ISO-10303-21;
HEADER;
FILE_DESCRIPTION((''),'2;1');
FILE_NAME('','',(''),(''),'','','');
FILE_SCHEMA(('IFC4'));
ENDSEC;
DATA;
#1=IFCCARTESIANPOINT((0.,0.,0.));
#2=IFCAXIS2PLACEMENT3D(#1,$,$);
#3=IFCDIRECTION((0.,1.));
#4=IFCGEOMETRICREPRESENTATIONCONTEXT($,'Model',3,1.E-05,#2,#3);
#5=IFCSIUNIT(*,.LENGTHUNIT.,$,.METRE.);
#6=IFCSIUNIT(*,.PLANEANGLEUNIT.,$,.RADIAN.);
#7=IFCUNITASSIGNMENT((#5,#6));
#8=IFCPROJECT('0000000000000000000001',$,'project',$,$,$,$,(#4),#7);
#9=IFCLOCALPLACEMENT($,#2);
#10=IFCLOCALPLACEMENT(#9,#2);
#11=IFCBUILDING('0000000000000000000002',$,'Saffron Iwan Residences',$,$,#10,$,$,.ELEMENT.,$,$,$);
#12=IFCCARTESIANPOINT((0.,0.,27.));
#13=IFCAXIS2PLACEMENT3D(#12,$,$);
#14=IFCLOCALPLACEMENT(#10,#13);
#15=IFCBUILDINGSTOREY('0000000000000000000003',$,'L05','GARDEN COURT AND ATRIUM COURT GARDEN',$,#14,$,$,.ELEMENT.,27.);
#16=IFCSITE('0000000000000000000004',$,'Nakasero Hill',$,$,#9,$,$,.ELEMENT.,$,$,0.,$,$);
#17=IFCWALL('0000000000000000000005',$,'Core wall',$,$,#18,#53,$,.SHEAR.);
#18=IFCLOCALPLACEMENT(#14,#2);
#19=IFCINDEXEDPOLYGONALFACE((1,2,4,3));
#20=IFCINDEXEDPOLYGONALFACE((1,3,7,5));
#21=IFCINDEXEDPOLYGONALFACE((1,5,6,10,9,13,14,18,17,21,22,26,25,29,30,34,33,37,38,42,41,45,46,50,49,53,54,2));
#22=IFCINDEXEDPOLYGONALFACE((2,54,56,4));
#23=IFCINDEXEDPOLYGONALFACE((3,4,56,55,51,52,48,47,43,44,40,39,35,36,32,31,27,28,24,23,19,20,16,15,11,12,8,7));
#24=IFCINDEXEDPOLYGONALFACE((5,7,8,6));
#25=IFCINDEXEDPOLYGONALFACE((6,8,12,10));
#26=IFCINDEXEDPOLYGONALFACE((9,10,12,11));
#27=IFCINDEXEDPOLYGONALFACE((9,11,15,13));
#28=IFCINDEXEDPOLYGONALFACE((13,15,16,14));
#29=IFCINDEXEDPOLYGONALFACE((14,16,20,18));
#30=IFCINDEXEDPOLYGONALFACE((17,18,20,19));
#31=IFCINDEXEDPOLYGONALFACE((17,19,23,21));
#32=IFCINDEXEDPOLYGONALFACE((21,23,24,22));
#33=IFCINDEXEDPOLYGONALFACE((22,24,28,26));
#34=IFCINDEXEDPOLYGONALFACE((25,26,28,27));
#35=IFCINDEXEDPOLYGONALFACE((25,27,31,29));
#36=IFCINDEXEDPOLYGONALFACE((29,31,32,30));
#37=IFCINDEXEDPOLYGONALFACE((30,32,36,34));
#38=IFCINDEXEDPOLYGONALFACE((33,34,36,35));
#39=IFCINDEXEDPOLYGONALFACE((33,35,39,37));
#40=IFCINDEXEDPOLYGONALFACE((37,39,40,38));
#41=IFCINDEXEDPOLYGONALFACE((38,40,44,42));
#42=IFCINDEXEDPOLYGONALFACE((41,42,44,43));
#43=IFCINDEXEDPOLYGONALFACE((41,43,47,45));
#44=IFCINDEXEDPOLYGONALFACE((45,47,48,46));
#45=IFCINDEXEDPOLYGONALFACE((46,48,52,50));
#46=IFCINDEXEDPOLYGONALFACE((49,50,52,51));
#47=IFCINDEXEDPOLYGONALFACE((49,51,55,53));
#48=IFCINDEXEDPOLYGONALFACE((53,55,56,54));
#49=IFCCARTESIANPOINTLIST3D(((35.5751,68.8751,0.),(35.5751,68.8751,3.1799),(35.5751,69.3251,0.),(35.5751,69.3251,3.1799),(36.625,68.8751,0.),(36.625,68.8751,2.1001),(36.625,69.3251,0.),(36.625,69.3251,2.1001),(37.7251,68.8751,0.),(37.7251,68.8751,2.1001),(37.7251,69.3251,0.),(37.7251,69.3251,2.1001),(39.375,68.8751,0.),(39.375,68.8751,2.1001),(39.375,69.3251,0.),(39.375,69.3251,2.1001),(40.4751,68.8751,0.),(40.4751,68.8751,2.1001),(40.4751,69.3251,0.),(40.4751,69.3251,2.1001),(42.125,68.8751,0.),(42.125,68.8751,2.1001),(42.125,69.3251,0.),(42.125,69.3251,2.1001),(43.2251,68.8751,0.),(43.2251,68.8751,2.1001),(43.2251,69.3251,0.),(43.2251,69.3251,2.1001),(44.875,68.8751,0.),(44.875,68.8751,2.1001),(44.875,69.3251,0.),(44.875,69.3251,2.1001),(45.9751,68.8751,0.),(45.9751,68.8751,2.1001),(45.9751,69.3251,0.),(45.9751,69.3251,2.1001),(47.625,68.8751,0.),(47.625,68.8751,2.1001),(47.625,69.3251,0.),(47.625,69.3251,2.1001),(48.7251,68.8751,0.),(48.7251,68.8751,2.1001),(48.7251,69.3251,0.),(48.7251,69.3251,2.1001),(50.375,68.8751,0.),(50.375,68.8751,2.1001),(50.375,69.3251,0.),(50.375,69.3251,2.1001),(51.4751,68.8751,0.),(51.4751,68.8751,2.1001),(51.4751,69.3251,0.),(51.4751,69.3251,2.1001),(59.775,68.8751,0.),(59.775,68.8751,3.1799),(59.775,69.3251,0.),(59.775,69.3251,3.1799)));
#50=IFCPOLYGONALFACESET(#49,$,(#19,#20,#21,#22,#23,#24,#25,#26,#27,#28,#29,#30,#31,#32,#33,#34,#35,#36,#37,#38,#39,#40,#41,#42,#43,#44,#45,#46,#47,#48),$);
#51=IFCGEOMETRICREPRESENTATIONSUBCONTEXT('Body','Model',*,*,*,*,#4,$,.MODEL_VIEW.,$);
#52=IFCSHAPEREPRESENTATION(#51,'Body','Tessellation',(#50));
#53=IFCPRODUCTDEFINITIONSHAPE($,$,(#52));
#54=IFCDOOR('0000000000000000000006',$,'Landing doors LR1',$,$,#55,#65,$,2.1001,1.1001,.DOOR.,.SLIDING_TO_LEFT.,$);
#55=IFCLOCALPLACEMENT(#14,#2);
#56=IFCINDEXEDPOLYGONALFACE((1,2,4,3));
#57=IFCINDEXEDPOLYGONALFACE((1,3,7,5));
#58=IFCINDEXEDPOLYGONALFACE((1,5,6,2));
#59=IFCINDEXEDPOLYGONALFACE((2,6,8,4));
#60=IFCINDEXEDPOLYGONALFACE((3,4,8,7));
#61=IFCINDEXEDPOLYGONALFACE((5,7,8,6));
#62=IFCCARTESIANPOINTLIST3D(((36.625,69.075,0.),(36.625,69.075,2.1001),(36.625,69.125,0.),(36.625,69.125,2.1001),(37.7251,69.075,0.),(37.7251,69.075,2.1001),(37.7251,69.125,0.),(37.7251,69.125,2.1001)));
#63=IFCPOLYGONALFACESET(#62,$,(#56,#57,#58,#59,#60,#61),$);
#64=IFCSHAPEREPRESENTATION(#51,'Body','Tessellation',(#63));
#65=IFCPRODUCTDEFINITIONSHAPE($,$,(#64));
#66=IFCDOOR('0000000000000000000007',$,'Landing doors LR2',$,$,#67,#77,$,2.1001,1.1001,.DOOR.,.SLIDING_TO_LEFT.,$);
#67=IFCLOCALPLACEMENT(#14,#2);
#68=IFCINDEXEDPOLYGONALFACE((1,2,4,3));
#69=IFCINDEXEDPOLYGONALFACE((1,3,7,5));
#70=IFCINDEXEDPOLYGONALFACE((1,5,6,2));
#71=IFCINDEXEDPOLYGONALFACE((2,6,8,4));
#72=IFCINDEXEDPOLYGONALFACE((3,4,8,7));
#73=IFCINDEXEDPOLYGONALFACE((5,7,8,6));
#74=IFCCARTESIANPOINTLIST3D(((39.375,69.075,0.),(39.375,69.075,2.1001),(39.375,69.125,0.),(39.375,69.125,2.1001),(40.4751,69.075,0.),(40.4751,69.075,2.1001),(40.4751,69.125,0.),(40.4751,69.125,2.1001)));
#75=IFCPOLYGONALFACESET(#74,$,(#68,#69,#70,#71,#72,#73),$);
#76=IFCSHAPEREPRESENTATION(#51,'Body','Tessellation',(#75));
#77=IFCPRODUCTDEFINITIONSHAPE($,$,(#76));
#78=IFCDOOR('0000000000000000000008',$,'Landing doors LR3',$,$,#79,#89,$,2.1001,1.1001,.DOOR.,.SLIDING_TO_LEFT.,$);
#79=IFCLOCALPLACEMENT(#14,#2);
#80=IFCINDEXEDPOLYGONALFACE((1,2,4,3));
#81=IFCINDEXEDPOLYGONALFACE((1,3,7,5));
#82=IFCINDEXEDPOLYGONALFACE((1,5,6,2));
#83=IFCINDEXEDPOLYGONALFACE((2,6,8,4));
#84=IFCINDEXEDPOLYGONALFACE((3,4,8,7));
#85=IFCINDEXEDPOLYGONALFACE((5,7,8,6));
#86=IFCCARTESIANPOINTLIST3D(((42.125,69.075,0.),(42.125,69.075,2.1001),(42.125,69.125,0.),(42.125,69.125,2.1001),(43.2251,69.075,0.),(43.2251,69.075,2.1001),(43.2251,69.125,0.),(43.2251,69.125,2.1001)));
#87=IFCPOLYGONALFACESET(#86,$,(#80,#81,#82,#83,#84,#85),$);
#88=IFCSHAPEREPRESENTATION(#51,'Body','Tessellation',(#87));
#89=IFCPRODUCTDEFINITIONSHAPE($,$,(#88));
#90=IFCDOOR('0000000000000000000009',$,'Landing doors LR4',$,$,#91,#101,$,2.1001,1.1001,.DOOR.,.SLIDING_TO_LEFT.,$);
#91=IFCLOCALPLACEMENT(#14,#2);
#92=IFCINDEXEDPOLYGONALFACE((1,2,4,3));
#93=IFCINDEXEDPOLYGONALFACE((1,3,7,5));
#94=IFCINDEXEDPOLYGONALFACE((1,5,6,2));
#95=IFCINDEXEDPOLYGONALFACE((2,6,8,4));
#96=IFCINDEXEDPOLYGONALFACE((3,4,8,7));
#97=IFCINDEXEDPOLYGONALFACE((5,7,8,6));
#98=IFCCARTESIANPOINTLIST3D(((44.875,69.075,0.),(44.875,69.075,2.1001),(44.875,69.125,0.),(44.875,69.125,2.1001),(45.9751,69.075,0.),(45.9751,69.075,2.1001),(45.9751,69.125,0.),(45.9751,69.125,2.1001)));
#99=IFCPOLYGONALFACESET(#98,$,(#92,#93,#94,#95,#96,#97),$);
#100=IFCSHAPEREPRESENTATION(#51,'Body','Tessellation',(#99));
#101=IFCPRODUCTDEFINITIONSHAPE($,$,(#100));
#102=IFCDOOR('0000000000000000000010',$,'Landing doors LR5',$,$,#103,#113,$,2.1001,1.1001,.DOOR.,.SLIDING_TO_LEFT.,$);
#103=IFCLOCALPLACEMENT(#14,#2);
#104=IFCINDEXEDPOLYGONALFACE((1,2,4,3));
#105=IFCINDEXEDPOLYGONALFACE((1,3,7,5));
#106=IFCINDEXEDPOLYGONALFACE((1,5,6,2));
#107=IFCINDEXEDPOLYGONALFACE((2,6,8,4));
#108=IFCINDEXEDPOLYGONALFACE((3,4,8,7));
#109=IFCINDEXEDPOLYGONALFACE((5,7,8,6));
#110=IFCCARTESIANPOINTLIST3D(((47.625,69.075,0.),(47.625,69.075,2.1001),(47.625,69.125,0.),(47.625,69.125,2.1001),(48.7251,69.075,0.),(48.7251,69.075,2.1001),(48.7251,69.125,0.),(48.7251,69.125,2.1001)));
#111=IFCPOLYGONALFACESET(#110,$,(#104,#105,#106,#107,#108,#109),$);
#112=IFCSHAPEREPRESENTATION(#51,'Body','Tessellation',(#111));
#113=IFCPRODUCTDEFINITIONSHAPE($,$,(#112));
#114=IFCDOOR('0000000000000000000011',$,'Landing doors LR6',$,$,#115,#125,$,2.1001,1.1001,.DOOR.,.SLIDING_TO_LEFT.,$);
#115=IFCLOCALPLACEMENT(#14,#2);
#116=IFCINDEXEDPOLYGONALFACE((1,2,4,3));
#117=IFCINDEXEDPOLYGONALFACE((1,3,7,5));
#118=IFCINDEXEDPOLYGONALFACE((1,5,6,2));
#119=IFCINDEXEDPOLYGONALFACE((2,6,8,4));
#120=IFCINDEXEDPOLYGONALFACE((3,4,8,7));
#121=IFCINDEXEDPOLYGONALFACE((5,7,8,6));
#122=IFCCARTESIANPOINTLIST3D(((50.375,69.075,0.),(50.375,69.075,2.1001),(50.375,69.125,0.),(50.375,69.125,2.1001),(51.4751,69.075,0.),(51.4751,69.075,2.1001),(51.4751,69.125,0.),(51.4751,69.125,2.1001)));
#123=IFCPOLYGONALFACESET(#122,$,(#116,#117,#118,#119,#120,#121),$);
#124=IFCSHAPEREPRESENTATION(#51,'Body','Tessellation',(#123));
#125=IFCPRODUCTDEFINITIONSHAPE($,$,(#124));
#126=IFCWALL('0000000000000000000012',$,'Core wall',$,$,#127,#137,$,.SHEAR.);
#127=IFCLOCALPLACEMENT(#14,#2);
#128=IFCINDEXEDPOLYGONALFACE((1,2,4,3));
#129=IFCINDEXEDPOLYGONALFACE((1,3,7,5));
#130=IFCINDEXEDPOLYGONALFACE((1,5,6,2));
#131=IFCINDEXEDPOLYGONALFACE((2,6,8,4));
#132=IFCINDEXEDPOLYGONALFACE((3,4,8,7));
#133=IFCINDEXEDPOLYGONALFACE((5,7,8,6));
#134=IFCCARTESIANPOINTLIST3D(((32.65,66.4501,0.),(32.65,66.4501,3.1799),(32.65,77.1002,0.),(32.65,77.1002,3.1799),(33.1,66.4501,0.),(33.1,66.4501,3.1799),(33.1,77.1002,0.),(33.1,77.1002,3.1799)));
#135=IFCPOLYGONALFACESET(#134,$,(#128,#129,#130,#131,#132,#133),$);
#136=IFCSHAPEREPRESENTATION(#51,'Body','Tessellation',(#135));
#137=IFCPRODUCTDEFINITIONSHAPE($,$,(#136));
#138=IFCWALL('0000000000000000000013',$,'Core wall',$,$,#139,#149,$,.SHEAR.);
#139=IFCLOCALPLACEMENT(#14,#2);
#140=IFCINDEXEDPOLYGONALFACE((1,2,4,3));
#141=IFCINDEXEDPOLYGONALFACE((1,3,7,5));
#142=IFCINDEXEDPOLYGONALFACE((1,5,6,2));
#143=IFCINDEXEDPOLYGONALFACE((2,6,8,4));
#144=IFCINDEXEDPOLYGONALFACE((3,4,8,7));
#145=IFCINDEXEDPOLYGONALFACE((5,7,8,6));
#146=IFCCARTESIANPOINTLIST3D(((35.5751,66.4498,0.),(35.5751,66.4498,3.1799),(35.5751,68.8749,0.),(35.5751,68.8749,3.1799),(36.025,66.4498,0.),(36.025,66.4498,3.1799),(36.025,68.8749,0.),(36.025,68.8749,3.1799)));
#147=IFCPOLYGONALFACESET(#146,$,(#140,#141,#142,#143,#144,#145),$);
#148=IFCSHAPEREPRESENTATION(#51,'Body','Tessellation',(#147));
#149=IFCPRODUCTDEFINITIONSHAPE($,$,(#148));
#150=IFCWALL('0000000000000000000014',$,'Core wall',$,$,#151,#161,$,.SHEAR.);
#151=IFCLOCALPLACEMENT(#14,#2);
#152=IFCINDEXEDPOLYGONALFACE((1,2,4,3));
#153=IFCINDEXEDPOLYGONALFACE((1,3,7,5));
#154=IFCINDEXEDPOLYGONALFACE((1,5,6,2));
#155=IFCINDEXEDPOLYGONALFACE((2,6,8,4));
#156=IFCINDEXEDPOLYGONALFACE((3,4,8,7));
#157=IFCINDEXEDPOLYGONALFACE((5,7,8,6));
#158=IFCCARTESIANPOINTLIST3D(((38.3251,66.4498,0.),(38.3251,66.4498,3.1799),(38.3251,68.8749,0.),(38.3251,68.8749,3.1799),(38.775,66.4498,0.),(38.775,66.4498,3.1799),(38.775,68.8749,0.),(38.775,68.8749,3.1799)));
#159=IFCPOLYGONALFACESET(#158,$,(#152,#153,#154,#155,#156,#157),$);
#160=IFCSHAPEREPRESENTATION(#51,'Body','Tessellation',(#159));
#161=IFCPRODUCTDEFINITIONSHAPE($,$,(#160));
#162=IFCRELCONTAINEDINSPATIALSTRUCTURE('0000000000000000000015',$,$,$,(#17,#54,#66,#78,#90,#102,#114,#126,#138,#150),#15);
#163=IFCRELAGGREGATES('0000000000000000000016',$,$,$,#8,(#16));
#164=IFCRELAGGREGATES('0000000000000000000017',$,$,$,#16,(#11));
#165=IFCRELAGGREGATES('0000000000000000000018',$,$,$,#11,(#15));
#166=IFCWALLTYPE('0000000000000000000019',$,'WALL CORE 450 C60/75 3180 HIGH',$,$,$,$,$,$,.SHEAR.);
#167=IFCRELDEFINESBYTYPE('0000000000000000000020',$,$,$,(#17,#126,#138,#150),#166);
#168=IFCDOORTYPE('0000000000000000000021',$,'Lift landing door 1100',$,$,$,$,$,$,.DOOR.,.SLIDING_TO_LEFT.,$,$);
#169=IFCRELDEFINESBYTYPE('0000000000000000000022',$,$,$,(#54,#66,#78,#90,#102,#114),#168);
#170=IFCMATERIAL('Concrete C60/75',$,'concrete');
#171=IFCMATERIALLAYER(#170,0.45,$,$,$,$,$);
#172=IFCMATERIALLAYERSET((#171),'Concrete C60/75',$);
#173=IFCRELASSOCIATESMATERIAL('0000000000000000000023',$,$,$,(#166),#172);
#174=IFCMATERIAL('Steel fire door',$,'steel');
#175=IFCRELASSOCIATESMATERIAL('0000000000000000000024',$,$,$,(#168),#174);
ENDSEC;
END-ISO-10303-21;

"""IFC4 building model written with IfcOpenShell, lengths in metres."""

from ifc_helpers import new_model, si_unit, direction, frame, frame_2d, origin, place, context, subcontext, project, spatial, rectangle, extrude, material, layer, layer_set, type_object, element, fill, save


model = new_model("IFC4")

# Units and contexts
model_context = context("Model", 3, precision=1e-05, world=origin(), true_north=direction((0.0, 1.0)))
body_context = subcontext(model_context, "Body", "Model", "MODEL_VIEW")
ifc_project = project(units=[si_unit("LENGTHUNIT", "METRE"), si_unit("PLANEANGLEUNIT", "RADIAN")], contexts=[model_context])

# Site, building, storey
site_placement = place(None, origin())
site = spatial("IfcSite", under=ifc_project, at=site_placement, Name="Nakasero Hill", CompositionType="ELEMENT", RefElevation=0.0)
building_placement = place(site_placement, origin())
building = spatial("IfcBuilding", under=site, at=building_placement, Name="Saffron Iwan Residences", CompositionType="ELEMENT")
storey_placement = place(building_placement, frame((0.0, 0.0, 27.0)))
storey = spatial("IfcBuildingStorey", under=building, at=storey_placement, Name="L05", Description="GARDEN COURT AND ATRIUM COURT GARDEN", CompositionType="ELEMENT", Elevation=27.0)

# Wall, openings, doors
ifc_material_1 = material(Name="Concrete C60/75", Category="concrete")
ifc_layer_1 = layer(ifc_material_1, 0.45)
ifc_layer_set_1 = layer_set([ifc_layer_1], Name="Concrete C60/75")
wall_type = type_object("IfcWallType", Name="WALL CORE 450 C60/75 3180 HIGH", PredefinedType="SHEAR", material=ifc_layer_set_1)
ifc_material_2 = material(Name="Steel fire door", Category="steel")
wall_1_placement = place(storey_placement, frame((35.575, 69.1001, 0.0), z_axis=(0.0, 0.0, 1.0), x_axis=(1.0, 0.0, 0.0)))
wall_1 = element("IfcWall", 1, at=wall_1_placement, inside=storey, type_object=wall_type, Name="Core wall", PredefinedType="SHEAR", context=body_context, shape_type="SweptSolid", body=[
    extrude(rectangle(XDim=24.2, YDim=0.45, at=frame_2d((12.1001, 0.0))), origin(), (0.0, 0.0, 1.0), 3.1799),
])
opening_1_placement = place(wall_1_placement, frame((1.05, 0.0, 0.0)))
opening_1 = element("IfcOpeningElement", 2, at=opening_1_placement, cuts=wall_1, PredefinedType="OPENING", context=body_context, shape_type="SweptSolid", body=[
    extrude(rectangle(XDim=1.1001, YDim=2.1001, at=frame_2d((0.55, 1.05))), frame((0.0, 0.2349, 0.0), z_axis=(0.0, -1.0, 0.0), x_axis=(1.0, 0.0, 0.0)), (0.0, 0.0, 1.0), 0.47),
])
opening_2_placement = place(wall_1_placement, frame((3.8, 0.0, 0.0)))
opening_2 = element("IfcOpeningElement", 3, at=opening_2_placement, cuts=wall_1, PredefinedType="OPENING", context=body_context, shape_type="SweptSolid", body=[
    extrude(rectangle(XDim=1.1001, YDim=2.1001, at=frame_2d((0.55, 1.05))), frame((0.0, 0.2349, 0.0), z_axis=(0.0, -1.0, 0.0), x_axis=(1.0, 0.0, 0.0)), (0.0, 0.0, 1.0), 0.47),
])
opening_3_placement = place(wall_1_placement, frame((6.55, 0.0, 0.0)))
opening_3 = element("IfcOpeningElement", 4, at=opening_3_placement, cuts=wall_1, PredefinedType="OPENING", context=body_context, shape_type="SweptSolid", body=[
    extrude(rectangle(XDim=1.1001, YDim=2.1001, at=frame_2d((0.55, 1.05))), frame((0.0, 0.2349, 0.0), z_axis=(0.0, -1.0, 0.0), x_axis=(1.0, 0.0, 0.0)), (0.0, 0.0, 1.0), 0.47),
])
opening_4_placement = place(wall_1_placement, frame((9.3, 0.0, 0.0)))
opening_4 = element("IfcOpeningElement", 5, at=opening_4_placement, cuts=wall_1, PredefinedType="OPENING", context=body_context, shape_type="SweptSolid", body=[
    extrude(rectangle(XDim=1.1001, YDim=2.1001, at=frame_2d((0.55, 1.05))), frame((0.0, 0.2349, 0.0), z_axis=(0.0, -1.0, 0.0), x_axis=(1.0, 0.0, 0.0)), (0.0, 0.0, 1.0), 0.47),
])
opening_5_placement = place(wall_1_placement, frame((12.05, 0.0, 0.0)))
opening_5 = element("IfcOpeningElement", 6, at=opening_5_placement, cuts=wall_1, PredefinedType="OPENING", context=body_context, shape_type="SweptSolid", body=[
    extrude(rectangle(XDim=1.1001, YDim=2.1001, at=frame_2d((0.55, 1.05))), frame((0.0, 0.2349, 0.0), z_axis=(0.0, -1.0, 0.0), x_axis=(1.0, 0.0, 0.0)), (0.0, 0.0, 1.0), 0.47),
])
opening_6_placement = place(wall_1_placement, frame((14.8, 0.0, 0.0)))
opening_6 = element("IfcOpeningElement", 7, at=opening_6_placement, cuts=wall_1, PredefinedType="OPENING", context=body_context, shape_type="SweptSolid", body=[
    extrude(rectangle(XDim=1.1001, YDim=2.1001, at=frame_2d((0.55, 1.05))), frame((0.0, 0.2349, 0.0), z_axis=(0.0, -1.0, 0.0), x_axis=(1.0, 0.0, 0.0)), (0.0, 0.0, 1.0), 0.47),
])
door_type_1 = type_object("IfcDoorType", Name="Lift landing door 1100", OperationType="SLIDING_TO_LEFT", PredefinedType="DOOR", material=ifc_material_2)
door_1_placement = place(opening_1_placement, origin())
door_1 = element("IfcDoor", 8, at=door_1_placement, inside=storey, type_object=door_type_1, Name="Landing doors LR1", OperationType="SLIDING_TO_LEFT", OverallHeight=2.1001, OverallWidth=1.1001, PredefinedType="DOOR", context=body_context, shape_type="SweptSolid", body=[
    extrude(rectangle(XDim=1.1001, YDim=2.1001, at=frame_2d((0.55, 1.05))), frame((0.0, 0.0249, 0.0), z_axis=(0.0, -1.0, 0.0), x_axis=(1.0, 0.0, 0.0)), (0.0, 0.0, 1.0), 0.05),
])
fill(opening_1, door_1)
door_2_placement = place(opening_2_placement, origin())
door_2 = element("IfcDoor", 9, at=door_2_placement, inside=storey, type_object=door_type_1, Name="Landing doors LR2", OperationType="SLIDING_TO_LEFT", OverallHeight=2.1001, OverallWidth=1.1001, PredefinedType="DOOR", context=body_context, shape_type="SweptSolid", body=[
    extrude(rectangle(XDim=1.1001, YDim=2.1001, at=frame_2d((0.55, 1.05))), frame((0.0, 0.0249, 0.0), z_axis=(0.0, -1.0, 0.0), x_axis=(1.0, 0.0, 0.0)), (0.0, 0.0, 1.0), 0.05),
])
fill(opening_2, door_2)
door_3_placement = place(opening_3_placement, origin())
door_3 = element("IfcDoor", 10, at=door_3_placement, inside=storey, type_object=door_type_1, Name="Landing doors LR3", OperationType="SLIDING_TO_LEFT", OverallHeight=2.1001, OverallWidth=1.1001, PredefinedType="DOOR", context=body_context, shape_type="SweptSolid", body=[
    extrude(rectangle(XDim=1.1001, YDim=2.1001, at=frame_2d((0.55, 1.05))), frame((0.0, 0.0249, 0.0), z_axis=(0.0, -1.0, 0.0), x_axis=(1.0, 0.0, 0.0)), (0.0, 0.0, 1.0), 0.05),
])
fill(opening_3, door_3)
door_4_placement = place(opening_4_placement, origin())
door_4 = element("IfcDoor", 11, at=door_4_placement, inside=storey, type_object=door_type_1, Name="Landing doors LR4", OperationType="SLIDING_TO_LEFT", OverallHeight=2.1001, OverallWidth=1.1001, PredefinedType="DOOR", context=body_context, shape_type="SweptSolid", body=[
    extrude(rectangle(XDim=1.1001, YDim=2.1001, at=frame_2d((0.55, 1.05))), frame((0.0, 0.0249, 0.0), z_axis=(0.0, -1.0, 0.0), x_axis=(1.0, 0.0, 0.0)), (0.0, 0.0, 1.0), 0.05),
])
fill(opening_4, door_4)
door_5_placement = place(opening_5_placement, origin())
door_5 = element("IfcDoor", 12, at=door_5_placement, inside=storey, type_object=door_type_1, Name="Landing doors LR5", OperationType="SLIDING_TO_LEFT", OverallHeight=2.1001, OverallWidth=1.1001, PredefinedType="DOOR", context=body_context, shape_type="SweptSolid", body=[
    extrude(rectangle(XDim=1.1001, YDim=2.1001, at=frame_2d((0.55, 1.05))), frame((0.0, 0.0249, 0.0), z_axis=(0.0, -1.0, 0.0), x_axis=(1.0, 0.0, 0.0)), (0.0, 0.0, 1.0), 0.05),
])
fill(opening_5, door_5)
door_6_placement = place(opening_6_placement, origin())
door_6 = element("IfcDoor", 13, at=door_6_placement, inside=storey, type_object=door_type_1, Name="Landing doors LR6", OperationType="SLIDING_TO_LEFT", OverallHeight=2.1001, OverallWidth=1.1001, PredefinedType="DOOR", context=body_context, shape_type="SweptSolid", body=[
    extrude(rectangle(XDim=1.1001, YDim=2.1001, at=frame_2d((0.55, 1.05))), frame((0.0, 0.0249, 0.0), z_axis=(0.0, -1.0, 0.0), x_axis=(1.0, 0.0, 0.0)), (0.0, 0.0, 1.0), 0.05),
])
fill(opening_6, door_6)

# Walls
wall_2_placement = place(storey_placement, frame((32.875, 66.45, 0.0), z_axis=(0.0, 0.0, 1.0), x_axis=(0.0, 1.0, 0.0)))
element("IfcWall", 14, at=wall_2_placement, inside=storey, type_object=wall_type, Name="Core wall", PredefinedType="SHEAR", context=body_context, shape_type="SweptSolid", body=[
    extrude(rectangle(XDim=10.6501, YDim=0.45, at=frame_2d((5.3252, 0.0))), origin(), (0.0, 0.0, 1.0), 3.1799),
])
for number, where, z_axis, x_axis, name in (
    (15, (35.8, 66.45, 0.0), (0.0, 0.0, 1.0), (0.0, 1.0, 0.0), "Core wall"),
    (16, (38.55, 66.45, 0.0), (0.0, 0.0, 1.0), (0.0, 1.0, 0.0), "Core wall"),
):
    element("IfcWall", number, at=place(storey_placement, frame(where, z_axis=z_axis, x_axis=x_axis)), inside=storey, type_object=wall_type, Name=name, PredefinedType="SHEAR", context=body_context, shape_type="SweptSolid", body=[
        extrude(rectangle(XDim=2.425, YDim=0.45, at=frame_2d((1.2124, 0.0))), origin(), (0.0, 0.0, 1.0), 3.1799),
    ])

save(model, "model.ifc")
